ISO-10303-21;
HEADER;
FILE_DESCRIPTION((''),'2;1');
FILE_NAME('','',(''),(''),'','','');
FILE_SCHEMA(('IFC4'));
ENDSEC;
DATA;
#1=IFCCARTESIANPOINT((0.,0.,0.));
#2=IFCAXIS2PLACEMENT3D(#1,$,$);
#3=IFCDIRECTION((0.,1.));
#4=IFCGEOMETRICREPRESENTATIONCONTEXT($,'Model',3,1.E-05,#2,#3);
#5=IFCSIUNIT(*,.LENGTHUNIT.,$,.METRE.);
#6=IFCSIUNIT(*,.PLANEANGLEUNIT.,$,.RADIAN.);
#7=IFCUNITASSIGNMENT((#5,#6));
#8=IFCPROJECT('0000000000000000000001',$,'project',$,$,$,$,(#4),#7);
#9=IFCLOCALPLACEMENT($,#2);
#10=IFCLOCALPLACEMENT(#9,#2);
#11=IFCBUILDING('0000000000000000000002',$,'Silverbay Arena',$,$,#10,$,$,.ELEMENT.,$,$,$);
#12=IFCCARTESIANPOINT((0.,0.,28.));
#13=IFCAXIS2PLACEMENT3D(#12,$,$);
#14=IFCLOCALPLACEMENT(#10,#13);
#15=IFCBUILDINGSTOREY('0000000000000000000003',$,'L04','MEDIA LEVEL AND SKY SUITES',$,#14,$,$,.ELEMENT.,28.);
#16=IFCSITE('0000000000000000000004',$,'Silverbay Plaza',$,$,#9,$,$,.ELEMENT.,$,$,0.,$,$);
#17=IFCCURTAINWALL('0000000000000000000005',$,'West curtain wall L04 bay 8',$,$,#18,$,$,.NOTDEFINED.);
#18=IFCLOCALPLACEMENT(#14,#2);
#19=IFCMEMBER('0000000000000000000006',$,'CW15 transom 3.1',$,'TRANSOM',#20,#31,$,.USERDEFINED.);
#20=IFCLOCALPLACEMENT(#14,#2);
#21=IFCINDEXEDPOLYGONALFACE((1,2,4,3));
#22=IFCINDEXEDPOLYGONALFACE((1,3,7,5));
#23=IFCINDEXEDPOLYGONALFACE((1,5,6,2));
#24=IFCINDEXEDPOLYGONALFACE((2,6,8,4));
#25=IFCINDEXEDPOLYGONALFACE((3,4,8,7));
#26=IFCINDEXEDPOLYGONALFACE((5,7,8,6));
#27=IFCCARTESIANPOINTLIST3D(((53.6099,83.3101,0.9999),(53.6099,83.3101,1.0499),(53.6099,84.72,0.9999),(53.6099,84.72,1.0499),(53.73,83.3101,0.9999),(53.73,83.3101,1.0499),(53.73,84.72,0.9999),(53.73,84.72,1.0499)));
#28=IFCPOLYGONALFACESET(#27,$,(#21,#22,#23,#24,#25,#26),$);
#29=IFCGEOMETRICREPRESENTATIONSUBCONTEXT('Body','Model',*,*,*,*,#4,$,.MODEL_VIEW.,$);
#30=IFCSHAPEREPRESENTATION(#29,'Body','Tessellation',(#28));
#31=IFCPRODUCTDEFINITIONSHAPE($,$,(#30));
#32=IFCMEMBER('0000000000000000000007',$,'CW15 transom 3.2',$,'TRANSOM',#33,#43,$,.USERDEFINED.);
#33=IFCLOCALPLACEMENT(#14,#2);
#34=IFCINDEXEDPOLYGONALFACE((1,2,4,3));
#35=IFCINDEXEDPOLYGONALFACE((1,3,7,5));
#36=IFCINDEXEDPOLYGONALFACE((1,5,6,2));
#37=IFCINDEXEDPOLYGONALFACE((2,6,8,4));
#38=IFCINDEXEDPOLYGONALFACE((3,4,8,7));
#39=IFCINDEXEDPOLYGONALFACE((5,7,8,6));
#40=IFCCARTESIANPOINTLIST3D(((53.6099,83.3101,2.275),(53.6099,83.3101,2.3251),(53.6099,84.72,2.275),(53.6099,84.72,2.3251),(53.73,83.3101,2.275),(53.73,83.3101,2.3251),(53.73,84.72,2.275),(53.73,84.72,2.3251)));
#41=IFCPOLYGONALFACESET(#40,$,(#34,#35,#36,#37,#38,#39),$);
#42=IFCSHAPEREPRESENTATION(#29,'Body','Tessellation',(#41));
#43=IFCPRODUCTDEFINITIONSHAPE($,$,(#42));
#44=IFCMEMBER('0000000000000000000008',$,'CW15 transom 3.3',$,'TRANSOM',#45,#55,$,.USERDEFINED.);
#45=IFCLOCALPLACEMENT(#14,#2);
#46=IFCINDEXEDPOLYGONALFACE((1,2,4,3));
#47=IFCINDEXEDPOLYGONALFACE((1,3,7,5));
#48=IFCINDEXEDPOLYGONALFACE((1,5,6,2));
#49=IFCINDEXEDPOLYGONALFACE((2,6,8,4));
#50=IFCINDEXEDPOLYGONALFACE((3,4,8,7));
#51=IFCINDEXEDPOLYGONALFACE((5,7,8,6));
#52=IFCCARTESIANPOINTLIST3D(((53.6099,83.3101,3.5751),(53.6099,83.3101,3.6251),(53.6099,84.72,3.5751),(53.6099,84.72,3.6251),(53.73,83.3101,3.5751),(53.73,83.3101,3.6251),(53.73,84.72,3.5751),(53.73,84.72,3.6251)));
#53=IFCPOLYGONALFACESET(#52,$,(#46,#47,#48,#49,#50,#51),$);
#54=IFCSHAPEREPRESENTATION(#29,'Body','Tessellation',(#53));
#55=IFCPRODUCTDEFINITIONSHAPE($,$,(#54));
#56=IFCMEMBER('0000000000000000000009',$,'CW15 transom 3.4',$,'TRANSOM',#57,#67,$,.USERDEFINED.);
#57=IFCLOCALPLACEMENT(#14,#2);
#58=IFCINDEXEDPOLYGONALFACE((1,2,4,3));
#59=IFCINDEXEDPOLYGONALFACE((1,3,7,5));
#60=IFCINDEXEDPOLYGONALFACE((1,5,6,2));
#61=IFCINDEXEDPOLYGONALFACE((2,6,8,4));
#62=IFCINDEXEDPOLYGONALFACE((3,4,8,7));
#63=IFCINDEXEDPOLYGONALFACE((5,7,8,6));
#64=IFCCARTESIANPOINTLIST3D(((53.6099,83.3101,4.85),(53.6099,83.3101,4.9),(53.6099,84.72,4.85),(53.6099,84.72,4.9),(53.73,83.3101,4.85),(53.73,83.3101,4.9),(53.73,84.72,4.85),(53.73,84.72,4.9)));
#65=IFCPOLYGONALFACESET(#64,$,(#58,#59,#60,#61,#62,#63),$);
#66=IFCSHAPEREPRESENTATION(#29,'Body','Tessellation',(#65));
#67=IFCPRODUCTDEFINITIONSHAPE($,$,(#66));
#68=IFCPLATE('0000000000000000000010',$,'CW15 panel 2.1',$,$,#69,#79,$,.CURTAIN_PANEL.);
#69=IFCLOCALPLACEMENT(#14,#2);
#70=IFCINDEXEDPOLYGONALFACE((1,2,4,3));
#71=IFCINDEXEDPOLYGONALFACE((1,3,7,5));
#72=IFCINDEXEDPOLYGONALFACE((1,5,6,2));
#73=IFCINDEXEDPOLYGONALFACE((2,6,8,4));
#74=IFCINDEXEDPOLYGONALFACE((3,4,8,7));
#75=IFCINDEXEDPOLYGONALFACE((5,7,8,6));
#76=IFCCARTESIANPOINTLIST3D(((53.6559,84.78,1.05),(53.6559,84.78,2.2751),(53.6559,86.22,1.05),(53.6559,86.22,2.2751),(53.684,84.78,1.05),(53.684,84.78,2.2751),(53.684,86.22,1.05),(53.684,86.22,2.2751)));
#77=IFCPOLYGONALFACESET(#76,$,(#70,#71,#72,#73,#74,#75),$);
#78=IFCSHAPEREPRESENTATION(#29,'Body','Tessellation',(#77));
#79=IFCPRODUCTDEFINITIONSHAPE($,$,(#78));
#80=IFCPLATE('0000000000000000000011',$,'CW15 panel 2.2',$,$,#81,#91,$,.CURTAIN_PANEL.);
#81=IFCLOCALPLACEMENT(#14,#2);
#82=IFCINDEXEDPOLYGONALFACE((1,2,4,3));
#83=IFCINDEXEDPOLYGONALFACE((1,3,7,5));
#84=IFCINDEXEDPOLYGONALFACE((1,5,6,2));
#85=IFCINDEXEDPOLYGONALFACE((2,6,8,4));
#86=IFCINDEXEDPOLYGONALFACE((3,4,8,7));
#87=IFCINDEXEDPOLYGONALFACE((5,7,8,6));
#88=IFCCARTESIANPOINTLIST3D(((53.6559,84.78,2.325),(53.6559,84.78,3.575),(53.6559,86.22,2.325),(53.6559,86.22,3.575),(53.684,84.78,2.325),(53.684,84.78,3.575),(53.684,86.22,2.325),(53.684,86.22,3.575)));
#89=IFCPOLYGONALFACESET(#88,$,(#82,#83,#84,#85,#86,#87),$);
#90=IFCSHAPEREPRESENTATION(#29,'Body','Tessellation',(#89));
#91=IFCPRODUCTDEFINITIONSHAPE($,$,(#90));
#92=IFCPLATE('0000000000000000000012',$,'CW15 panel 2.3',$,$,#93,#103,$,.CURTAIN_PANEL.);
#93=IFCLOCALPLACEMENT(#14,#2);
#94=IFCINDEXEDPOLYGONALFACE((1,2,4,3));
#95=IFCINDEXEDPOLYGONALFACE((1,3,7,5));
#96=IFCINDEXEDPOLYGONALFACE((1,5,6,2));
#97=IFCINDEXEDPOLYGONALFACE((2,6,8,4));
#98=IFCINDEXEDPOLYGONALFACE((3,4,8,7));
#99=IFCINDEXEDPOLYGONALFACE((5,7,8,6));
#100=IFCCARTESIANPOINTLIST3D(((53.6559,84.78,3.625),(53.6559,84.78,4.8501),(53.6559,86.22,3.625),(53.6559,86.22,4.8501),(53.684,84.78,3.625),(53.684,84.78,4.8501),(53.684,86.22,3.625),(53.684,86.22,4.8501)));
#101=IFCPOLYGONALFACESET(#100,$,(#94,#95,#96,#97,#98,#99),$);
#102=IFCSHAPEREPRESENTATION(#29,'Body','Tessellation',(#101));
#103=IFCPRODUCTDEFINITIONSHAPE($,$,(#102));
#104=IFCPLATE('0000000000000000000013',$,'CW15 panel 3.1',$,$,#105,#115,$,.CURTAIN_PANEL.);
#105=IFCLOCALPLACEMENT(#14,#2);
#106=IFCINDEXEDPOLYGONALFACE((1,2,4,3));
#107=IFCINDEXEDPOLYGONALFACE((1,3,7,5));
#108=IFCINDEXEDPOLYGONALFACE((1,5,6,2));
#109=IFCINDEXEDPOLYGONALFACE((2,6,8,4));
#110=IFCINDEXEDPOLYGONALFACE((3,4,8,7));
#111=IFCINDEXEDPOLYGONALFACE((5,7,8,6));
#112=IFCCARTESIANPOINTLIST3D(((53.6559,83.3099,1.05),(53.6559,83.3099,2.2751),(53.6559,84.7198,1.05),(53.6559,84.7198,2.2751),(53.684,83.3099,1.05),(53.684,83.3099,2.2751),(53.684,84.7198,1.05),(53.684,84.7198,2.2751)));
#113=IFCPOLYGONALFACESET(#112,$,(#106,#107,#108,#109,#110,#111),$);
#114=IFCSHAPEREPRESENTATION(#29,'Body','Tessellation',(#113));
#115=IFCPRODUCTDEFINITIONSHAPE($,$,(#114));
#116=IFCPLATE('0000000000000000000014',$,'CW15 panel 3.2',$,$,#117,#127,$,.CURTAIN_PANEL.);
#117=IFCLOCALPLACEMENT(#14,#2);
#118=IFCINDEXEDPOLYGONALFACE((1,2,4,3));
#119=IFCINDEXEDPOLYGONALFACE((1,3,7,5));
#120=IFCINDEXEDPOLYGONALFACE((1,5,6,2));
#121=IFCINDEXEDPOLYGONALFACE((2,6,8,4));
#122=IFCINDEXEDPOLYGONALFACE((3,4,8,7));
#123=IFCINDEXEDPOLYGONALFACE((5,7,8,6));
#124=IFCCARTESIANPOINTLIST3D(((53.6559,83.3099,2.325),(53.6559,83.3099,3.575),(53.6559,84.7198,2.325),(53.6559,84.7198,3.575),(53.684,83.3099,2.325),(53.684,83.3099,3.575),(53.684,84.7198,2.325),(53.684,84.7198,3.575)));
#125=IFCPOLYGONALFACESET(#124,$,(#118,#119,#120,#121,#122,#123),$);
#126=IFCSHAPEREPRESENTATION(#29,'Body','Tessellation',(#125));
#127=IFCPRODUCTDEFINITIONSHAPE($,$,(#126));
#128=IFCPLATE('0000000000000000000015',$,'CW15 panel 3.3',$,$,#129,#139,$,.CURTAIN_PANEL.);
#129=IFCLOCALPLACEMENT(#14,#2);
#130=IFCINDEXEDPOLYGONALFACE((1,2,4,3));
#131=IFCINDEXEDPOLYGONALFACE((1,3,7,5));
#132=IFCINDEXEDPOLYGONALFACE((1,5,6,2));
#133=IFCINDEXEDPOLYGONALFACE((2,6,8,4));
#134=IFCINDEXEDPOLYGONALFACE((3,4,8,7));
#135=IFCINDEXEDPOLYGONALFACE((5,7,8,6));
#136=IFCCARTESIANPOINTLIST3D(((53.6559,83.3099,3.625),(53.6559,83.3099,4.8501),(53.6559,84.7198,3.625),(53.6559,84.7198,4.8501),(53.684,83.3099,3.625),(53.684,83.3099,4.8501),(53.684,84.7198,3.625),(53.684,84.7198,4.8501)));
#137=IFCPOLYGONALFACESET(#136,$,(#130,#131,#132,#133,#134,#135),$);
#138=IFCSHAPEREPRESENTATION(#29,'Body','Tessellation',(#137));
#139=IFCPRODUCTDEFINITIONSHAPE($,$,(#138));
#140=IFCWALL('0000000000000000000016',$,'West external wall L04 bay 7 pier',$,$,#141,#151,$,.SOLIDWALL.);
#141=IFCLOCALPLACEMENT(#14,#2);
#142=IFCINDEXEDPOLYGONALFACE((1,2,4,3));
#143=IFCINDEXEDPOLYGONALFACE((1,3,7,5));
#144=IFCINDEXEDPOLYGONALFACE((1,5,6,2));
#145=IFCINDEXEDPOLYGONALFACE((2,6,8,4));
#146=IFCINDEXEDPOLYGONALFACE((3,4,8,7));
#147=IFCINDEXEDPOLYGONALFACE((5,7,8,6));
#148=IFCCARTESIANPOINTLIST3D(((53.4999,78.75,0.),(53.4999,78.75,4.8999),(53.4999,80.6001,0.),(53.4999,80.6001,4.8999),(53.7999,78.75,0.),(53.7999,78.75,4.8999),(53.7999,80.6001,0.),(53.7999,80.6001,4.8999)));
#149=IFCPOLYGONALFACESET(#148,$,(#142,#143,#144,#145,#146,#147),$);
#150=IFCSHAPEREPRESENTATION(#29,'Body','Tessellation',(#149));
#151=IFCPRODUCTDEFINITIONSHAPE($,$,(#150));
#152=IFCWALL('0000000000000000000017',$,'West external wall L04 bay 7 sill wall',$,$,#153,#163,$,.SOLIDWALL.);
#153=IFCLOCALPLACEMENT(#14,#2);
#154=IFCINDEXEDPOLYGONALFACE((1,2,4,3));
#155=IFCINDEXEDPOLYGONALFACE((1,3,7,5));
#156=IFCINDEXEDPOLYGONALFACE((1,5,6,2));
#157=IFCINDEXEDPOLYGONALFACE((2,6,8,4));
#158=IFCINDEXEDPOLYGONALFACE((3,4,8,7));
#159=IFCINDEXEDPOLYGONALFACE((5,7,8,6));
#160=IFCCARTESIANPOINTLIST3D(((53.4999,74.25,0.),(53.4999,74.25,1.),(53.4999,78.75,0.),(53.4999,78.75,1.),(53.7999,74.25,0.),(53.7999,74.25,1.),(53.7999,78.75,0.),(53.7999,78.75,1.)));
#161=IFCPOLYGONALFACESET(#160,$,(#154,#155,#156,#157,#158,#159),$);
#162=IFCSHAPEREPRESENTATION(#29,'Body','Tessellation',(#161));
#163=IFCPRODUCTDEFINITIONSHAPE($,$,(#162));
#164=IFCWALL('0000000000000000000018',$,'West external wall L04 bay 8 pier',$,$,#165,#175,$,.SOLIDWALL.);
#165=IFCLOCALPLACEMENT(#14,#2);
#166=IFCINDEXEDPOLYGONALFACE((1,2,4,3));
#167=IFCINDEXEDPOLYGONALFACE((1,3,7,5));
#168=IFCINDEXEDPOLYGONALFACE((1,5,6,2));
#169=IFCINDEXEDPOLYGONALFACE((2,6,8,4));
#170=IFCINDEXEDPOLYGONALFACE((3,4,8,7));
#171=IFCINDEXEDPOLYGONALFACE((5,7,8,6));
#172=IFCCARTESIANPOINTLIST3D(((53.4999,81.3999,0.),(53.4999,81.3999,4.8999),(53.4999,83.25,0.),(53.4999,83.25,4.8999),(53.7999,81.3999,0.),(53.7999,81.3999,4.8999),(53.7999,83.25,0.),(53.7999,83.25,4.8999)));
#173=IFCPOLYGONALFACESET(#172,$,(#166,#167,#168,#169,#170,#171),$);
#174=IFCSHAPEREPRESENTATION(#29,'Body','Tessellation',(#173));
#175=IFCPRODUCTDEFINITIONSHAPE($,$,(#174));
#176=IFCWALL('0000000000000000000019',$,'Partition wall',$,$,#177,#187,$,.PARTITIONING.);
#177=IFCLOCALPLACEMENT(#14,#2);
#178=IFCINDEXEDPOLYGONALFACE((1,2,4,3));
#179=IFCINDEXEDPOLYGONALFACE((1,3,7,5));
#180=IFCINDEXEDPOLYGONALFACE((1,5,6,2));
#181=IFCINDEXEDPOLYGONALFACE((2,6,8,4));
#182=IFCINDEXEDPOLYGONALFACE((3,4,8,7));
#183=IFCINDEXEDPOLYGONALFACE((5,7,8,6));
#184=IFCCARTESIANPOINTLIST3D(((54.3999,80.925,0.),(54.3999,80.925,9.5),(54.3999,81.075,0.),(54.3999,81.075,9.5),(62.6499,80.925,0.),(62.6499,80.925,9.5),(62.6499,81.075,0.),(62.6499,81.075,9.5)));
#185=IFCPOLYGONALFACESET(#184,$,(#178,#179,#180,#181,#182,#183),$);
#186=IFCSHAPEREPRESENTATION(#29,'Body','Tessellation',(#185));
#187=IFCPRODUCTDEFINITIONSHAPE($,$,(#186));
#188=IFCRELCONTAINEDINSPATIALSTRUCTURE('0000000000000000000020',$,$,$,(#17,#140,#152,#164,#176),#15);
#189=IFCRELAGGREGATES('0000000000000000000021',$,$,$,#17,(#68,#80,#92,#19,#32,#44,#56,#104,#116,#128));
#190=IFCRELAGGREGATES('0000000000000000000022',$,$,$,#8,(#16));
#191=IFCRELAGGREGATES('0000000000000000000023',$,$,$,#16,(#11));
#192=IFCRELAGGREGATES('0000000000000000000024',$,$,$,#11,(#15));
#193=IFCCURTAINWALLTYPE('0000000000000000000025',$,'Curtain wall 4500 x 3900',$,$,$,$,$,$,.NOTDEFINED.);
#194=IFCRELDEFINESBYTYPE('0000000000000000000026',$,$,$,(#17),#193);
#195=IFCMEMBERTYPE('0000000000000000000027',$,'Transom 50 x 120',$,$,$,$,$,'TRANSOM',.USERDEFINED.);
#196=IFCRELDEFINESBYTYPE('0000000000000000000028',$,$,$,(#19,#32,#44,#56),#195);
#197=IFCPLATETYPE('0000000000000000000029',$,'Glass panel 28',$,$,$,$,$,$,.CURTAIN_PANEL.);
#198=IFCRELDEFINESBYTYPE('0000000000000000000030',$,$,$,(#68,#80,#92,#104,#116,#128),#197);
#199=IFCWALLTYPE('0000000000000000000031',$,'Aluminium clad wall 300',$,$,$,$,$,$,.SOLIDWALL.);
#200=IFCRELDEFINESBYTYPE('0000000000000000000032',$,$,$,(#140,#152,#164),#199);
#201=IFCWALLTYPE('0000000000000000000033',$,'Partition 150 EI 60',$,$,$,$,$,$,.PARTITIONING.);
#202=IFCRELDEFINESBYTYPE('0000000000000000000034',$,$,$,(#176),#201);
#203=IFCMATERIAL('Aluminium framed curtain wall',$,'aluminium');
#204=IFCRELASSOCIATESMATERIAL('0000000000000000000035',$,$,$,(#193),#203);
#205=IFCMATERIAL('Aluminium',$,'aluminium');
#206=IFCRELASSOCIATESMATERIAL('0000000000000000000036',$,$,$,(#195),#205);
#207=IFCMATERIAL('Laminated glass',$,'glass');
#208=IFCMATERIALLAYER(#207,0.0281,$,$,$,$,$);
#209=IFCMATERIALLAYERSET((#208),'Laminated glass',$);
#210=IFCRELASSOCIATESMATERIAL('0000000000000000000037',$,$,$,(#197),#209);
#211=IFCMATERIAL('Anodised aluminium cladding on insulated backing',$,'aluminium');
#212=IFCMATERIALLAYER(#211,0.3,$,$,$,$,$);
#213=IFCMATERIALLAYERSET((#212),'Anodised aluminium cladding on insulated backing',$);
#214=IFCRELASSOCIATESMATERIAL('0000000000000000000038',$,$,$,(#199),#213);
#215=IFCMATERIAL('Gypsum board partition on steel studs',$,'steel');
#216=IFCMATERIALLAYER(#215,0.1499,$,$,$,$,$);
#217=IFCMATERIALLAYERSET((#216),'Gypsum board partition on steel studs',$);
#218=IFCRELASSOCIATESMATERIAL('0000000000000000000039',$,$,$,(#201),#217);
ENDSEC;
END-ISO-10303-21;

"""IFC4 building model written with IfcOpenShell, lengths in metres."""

from ifc_helpers import new_model, si_unit, direction, frame, frame_2d, origin, origin_2d, place, context, subcontext, project, spatial, rectangle, extrude, material, layer, layer_set, material_profile, profile_set, type_object, element, aggregate, save


model = new_model("IFC4")

# Units and contexts
model_context = context("Model", 3, precision=1e-05, world=origin(), true_north=direction((0.0, 1.0)))
body_context = subcontext(model_context, "Body", "Model", "MODEL_VIEW")
ifc_project = project(units=[si_unit("LENGTHUNIT", "METRE"), si_unit("PLANEANGLEUNIT", "RADIAN")], contexts=[model_context])

# Site, building, storey
site_placement = place(None, origin())
site = spatial("IfcSite", under=ifc_project, at=site_placement, Name="Silverbay Plaza", CompositionType="ELEMENT", RefElevation=0.0)
building_placement = place(site_placement, origin())
building = spatial("IfcBuilding", under=site, at=building_placement, Name="Silverbay Arena", CompositionType="ELEMENT")
storey_placement = place(building_placement, frame((0.0, 0.0, 28.0)))
storey = spatial("IfcBuildingStorey", under=building, at=storey_placement, Name="L04", Description="MEDIA LEVEL AND SKY SUITES", CompositionType="ELEMENT", Elevation=28.0)

# Shared definitions
ifc_material_1 = material(Name="Aluminium framed curtain wall", Category="aluminium")
curtain_wall_type = type_object("IfcCurtainWallType", Name="Curtain wall 4500 x 3900", PredefinedType="NOTDEFINED", material=ifc_material_1)

# Curtain wall
curtain_wall_1_placement = place(storey_placement, origin())
curtain_wall_1 = element("IfcCurtainWall", 1, at=curtain_wall_1_placement, inside=storey, type_object=curtain_wall_type, Name="West curtain wall L04 bay 8", PredefinedType="NOTDEFINED")

# Members
ifc_material_2 = material(Name="Aluminium", Category="aluminium")
ifc_material_profile_1 = material_profile(ifc_material_2, rectangle(XDim=0.1201, YDim=0.05, at=origin_2d()), Name="Transom 50 x 120")
ifc_profile_set_1 = profile_set([ifc_material_profile_1], Name="Aluminium")
member_type_1 = type_object("IfcMemberType", Name="Transom 50 x 120", ElementType="TRANSOM", PredefinedType="USERDEFINED", material=ifc_profile_set_1)
member_1_placement = place(storey_placement, frame((53.6699, 84.72, 1.0249), z_axis=(0.0, -1.0, 0.0), x_axis=(1.0, 0.0, 0.0)))
member_1 = element("IfcMember", 2, at=member_1_placement, type_object=member_type_1, Name="CW15 transom 3.1", ObjectType="TRANSOM", PredefinedType="USERDEFINED", context=body_context, shape_type="SweptSolid", body=[
    extrude(rectangle(XDim=0.1201, YDim=0.05, at=origin_2d()), origin(), (0.0, 0.0, 1.0), 1.4099),
])
member_2_placement = place(storey_placement, frame((53.6699, 84.72, 2.3), z_axis=(0.0, -1.0, 0.0), x_axis=(1.0, 0.0, 0.0)))
member_2 = element("IfcMember", 3, at=member_2_placement, type_object=member_type_1, Name="CW15 transom 3.2", ObjectType="TRANSOM", PredefinedType="USERDEFINED", context=body_context, shape_type="SweptSolid", body=[
    extrude(rectangle(XDim=0.1201, YDim=0.05, at=origin_2d()), origin(), (0.0, 0.0, 1.0), 1.4099),
])
member_3_placement = place(storey_placement, frame((53.6699, 84.72, 3.6001), z_axis=(0.0, -1.0, 0.0), x_axis=(1.0, 0.0, 0.0)))
member_3 = element("IfcMember", 4, at=member_3_placement, type_object=member_type_1, Name="CW15 transom 3.3", ObjectType="TRANSOM", PredefinedType="USERDEFINED", context=body_context, shape_type="SweptSolid", body=[
    extrude(rectangle(XDim=0.1201, YDim=0.05, at=origin_2d()), origin(), (0.0, 0.0, 1.0), 1.4099),
])
member_4_placement = place(storey_placement, frame((53.6699, 84.72, 4.875), z_axis=(0.0, -1.0, 0.0), x_axis=(1.0, 0.0, 0.0)))
member_4 = element("IfcMember", 5, at=member_4_placement, type_object=member_type_1, Name="CW15 transom 3.4", ObjectType="TRANSOM", PredefinedType="USERDEFINED", context=body_context, shape_type="SweptSolid", body=[
    extrude(rectangle(XDim=0.1201, YDim=0.05, at=origin_2d()), origin(), (0.0, 0.0, 1.0), 1.4099),
])

# Plates
ifc_material_3 = material(Name="Laminated glass", Category="glass")
ifc_layer_1 = layer(ifc_material_3, 0.0281)
ifc_layer_set_1 = layer_set([ifc_layer_1], Name="Laminated glass")
plate_type = type_object("IfcPlateType", Name="Glass panel 28", PredefinedType="CURTAIN_PANEL", material=ifc_layer_set_1)
plate_1_placement = place(storey_placement, frame((53.6699, 85.5, 1.05), z_axis=(0.0, 0.0, 1.0), x_axis=(0.0, -1.0, 0.0)))
plate_1 = element("IfcPlate", 6, at=plate_1_placement, type_object=plate_type, Name="CW15 panel 2.1", PredefinedType="CURTAIN_PANEL", context=body_context, shape_type="SweptSolid", body=[
    extrude(rectangle(XDim=1.4399, YDim=0.0281, at=origin_2d()), origin(), (0.0, 0.0, 1.0), 1.2251),
])
plate_2_placement = place(storey_placement, frame((53.6699, 85.5, 2.325), z_axis=(0.0, 0.0, 1.0), x_axis=(0.0, -1.0, 0.0)))
plate_2 = element("IfcPlate", 7, at=plate_2_placement, type_object=plate_type, Name="CW15 panel 2.2", PredefinedType="CURTAIN_PANEL", context=body_context, shape_type="SweptSolid", body=[
    extrude(rectangle(XDim=1.4399, YDim=0.0281, at=origin_2d()), origin(), (0.0, 0.0, 1.0), 1.25),
])
plate_3_placement = place(storey_placement, frame((53.6699, 85.5, 3.625), z_axis=(0.0, 0.0, 1.0), x_axis=(0.0, -1.0, 0.0)))
plate_3 = element("IfcPlate", 8, at=plate_3_placement, type_object=plate_type, Name="CW15 panel 2.3", PredefinedType="CURTAIN_PANEL", context=body_context, shape_type="SweptSolid", body=[
    extrude(rectangle(XDim=1.4399, YDim=0.0281, at=origin_2d()), origin(), (0.0, 0.0, 1.0), 1.2251),
])
plate_4_placement = place(storey_placement, frame((53.6699, 84.0149, 1.05), z_axis=(0.0, 0.0, 1.0), x_axis=(0.0, -1.0, 0.0)))
plate_4 = element("IfcPlate", 9, at=plate_4_placement, type_object=plate_type, Name="CW15 panel 3.1", PredefinedType="CURTAIN_PANEL", context=body_context, shape_type="SweptSolid", body=[
    extrude(rectangle(XDim=1.4099, YDim=0.0281, at=origin_2d()), origin(), (0.0, 0.0, 1.0), 1.2251),
])
plate_5_placement = place(storey_placement, frame((53.6699, 84.0149, 2.325), z_axis=(0.0, 0.0, 1.0), x_axis=(0.0, -1.0, 0.0)))
plate_5 = element("IfcPlate", 10, at=plate_5_placement, type_object=plate_type, Name="CW15 panel 3.2", PredefinedType="CURTAIN_PANEL", context=body_context, shape_type="SweptSolid", body=[
    extrude(rectangle(XDim=1.4099, YDim=0.0281, at=origin_2d()), origin(), (0.0, 0.0, 1.0), 1.25),
])
plate_6_placement = place(storey_placement, frame((53.6699, 84.0149, 3.625), z_axis=(0.0, 0.0, 1.0), x_axis=(0.0, -1.0, 0.0)))
plate_6 = element("IfcPlate", 11, at=plate_6_placement, type_object=plate_type, Name="CW15 panel 3.3", PredefinedType="CURTAIN_PANEL", context=body_context, shape_type="SweptSolid", body=[
    extrude(rectangle(XDim=1.4099, YDim=0.0281, at=origin_2d()), origin(), (0.0, 0.0, 1.0), 1.2251),
])
aggregate(curtain_wall_1, [plate_1, plate_2, plate_3, member_1, member_2, member_3, member_4, plate_4, plate_5, plate_6])

# Walls
ifc_material_4 = material(Name="Anodised aluminium cladding on insulated backing", Category="aluminium")
ifc_layer_2 = layer(ifc_material_4, 0.3)
ifc_layer_set_2 = layer_set([ifc_layer_2], Name="Anodised aluminium cladding on insulated backing")
wall_type_1 = type_object("IfcWallType", Name="Aluminium clad wall 300", PredefinedType="SOLIDWALL", material=ifc_layer_set_2)
wall_1_placement = place(storey_placement, frame((53.6499, 80.6001, 0.0), z_axis=(0.0, 0.0, 1.0), x_axis=(0.0, -1.0, 0.0)))
element("IfcWall", 12, at=wall_1_placement, inside=storey, type_object=wall_type_1, Name="West external wall L04 bay 7 pier", PredefinedType="SOLIDWALL", context=body_context, shape_type="SweptSolid", body=[
    extrude(rectangle(XDim=1.8501, YDim=0.3, at=frame_2d((0.925, 0.0))), origin(), (0.0, 0.0, 1.0), 4.8999),
])
wall_2_placement = place(storey_placement, frame((53.6499, 78.75, 0.0), z_axis=(0.0, 0.0, 1.0), x_axis=(0.0, -1.0, 0.0)))
element("IfcWall", 13, at=wall_2_placement, inside=storey, type_object=wall_type_1, Name="West external wall L04 bay 7 sill wall", PredefinedType="SOLIDWALL", context=body_context, shape_type="SweptSolid", body=[
    extrude(rectangle(XDim=4.5, YDim=0.3, at=frame_2d((2.25, 0.0))), origin(), (0.0, 0.0, 1.0), 1.0),
])
wall_3_placement = place(storey_placement, frame((53.6499, 83.25, 0.0), z_axis=(0.0, 0.0, 1.0), x_axis=(0.0, -1.0, 0.0)))
element("IfcWall", 14, at=wall_3_placement, inside=storey, type_object=wall_type_1, Name="West external wall L04 bay 8 pier", PredefinedType="SOLIDWALL", context=body_context, shape_type="SweptSolid", body=[
    extrude(rectangle(XDim=1.8501, YDim=0.3, at=frame_2d((0.925, 0.0))), origin(), (0.0, 0.0, 1.0), 4.8999),
])
ifc_material_5 = material(Name="Gypsum board partition on steel studs", Category="steel")
ifc_layer_3 = layer(ifc_material_5, 0.1499)
ifc_layer_set_3 = layer_set([ifc_layer_3], Name="Gypsum board partition on steel studs")
wall_type_2 = type_object("IfcWallType", Name="Partition 150 EI 60", PredefinedType="PARTITIONING", material=ifc_layer_set_3)
wall_4_placement = place(storey_placement, frame((54.3999, 81.0, 0.0), z_axis=(0.0, 0.0, 1.0), x_axis=(1.0, 0.0, 0.0)))
element("IfcWall", 15, at=wall_4_placement, inside=storey, type_object=wall_type_2, Name="Partition wall", PredefinedType="PARTITIONING", context=body_context, shape_type="SweptSolid", body=[
    extrude(rectangle(XDim=8.25, YDim=0.1499, at=frame_2d((4.125, 0.0))), origin(), (0.0, 0.0, 1.0), 9.5),
])

save(model, "model.ifc")
